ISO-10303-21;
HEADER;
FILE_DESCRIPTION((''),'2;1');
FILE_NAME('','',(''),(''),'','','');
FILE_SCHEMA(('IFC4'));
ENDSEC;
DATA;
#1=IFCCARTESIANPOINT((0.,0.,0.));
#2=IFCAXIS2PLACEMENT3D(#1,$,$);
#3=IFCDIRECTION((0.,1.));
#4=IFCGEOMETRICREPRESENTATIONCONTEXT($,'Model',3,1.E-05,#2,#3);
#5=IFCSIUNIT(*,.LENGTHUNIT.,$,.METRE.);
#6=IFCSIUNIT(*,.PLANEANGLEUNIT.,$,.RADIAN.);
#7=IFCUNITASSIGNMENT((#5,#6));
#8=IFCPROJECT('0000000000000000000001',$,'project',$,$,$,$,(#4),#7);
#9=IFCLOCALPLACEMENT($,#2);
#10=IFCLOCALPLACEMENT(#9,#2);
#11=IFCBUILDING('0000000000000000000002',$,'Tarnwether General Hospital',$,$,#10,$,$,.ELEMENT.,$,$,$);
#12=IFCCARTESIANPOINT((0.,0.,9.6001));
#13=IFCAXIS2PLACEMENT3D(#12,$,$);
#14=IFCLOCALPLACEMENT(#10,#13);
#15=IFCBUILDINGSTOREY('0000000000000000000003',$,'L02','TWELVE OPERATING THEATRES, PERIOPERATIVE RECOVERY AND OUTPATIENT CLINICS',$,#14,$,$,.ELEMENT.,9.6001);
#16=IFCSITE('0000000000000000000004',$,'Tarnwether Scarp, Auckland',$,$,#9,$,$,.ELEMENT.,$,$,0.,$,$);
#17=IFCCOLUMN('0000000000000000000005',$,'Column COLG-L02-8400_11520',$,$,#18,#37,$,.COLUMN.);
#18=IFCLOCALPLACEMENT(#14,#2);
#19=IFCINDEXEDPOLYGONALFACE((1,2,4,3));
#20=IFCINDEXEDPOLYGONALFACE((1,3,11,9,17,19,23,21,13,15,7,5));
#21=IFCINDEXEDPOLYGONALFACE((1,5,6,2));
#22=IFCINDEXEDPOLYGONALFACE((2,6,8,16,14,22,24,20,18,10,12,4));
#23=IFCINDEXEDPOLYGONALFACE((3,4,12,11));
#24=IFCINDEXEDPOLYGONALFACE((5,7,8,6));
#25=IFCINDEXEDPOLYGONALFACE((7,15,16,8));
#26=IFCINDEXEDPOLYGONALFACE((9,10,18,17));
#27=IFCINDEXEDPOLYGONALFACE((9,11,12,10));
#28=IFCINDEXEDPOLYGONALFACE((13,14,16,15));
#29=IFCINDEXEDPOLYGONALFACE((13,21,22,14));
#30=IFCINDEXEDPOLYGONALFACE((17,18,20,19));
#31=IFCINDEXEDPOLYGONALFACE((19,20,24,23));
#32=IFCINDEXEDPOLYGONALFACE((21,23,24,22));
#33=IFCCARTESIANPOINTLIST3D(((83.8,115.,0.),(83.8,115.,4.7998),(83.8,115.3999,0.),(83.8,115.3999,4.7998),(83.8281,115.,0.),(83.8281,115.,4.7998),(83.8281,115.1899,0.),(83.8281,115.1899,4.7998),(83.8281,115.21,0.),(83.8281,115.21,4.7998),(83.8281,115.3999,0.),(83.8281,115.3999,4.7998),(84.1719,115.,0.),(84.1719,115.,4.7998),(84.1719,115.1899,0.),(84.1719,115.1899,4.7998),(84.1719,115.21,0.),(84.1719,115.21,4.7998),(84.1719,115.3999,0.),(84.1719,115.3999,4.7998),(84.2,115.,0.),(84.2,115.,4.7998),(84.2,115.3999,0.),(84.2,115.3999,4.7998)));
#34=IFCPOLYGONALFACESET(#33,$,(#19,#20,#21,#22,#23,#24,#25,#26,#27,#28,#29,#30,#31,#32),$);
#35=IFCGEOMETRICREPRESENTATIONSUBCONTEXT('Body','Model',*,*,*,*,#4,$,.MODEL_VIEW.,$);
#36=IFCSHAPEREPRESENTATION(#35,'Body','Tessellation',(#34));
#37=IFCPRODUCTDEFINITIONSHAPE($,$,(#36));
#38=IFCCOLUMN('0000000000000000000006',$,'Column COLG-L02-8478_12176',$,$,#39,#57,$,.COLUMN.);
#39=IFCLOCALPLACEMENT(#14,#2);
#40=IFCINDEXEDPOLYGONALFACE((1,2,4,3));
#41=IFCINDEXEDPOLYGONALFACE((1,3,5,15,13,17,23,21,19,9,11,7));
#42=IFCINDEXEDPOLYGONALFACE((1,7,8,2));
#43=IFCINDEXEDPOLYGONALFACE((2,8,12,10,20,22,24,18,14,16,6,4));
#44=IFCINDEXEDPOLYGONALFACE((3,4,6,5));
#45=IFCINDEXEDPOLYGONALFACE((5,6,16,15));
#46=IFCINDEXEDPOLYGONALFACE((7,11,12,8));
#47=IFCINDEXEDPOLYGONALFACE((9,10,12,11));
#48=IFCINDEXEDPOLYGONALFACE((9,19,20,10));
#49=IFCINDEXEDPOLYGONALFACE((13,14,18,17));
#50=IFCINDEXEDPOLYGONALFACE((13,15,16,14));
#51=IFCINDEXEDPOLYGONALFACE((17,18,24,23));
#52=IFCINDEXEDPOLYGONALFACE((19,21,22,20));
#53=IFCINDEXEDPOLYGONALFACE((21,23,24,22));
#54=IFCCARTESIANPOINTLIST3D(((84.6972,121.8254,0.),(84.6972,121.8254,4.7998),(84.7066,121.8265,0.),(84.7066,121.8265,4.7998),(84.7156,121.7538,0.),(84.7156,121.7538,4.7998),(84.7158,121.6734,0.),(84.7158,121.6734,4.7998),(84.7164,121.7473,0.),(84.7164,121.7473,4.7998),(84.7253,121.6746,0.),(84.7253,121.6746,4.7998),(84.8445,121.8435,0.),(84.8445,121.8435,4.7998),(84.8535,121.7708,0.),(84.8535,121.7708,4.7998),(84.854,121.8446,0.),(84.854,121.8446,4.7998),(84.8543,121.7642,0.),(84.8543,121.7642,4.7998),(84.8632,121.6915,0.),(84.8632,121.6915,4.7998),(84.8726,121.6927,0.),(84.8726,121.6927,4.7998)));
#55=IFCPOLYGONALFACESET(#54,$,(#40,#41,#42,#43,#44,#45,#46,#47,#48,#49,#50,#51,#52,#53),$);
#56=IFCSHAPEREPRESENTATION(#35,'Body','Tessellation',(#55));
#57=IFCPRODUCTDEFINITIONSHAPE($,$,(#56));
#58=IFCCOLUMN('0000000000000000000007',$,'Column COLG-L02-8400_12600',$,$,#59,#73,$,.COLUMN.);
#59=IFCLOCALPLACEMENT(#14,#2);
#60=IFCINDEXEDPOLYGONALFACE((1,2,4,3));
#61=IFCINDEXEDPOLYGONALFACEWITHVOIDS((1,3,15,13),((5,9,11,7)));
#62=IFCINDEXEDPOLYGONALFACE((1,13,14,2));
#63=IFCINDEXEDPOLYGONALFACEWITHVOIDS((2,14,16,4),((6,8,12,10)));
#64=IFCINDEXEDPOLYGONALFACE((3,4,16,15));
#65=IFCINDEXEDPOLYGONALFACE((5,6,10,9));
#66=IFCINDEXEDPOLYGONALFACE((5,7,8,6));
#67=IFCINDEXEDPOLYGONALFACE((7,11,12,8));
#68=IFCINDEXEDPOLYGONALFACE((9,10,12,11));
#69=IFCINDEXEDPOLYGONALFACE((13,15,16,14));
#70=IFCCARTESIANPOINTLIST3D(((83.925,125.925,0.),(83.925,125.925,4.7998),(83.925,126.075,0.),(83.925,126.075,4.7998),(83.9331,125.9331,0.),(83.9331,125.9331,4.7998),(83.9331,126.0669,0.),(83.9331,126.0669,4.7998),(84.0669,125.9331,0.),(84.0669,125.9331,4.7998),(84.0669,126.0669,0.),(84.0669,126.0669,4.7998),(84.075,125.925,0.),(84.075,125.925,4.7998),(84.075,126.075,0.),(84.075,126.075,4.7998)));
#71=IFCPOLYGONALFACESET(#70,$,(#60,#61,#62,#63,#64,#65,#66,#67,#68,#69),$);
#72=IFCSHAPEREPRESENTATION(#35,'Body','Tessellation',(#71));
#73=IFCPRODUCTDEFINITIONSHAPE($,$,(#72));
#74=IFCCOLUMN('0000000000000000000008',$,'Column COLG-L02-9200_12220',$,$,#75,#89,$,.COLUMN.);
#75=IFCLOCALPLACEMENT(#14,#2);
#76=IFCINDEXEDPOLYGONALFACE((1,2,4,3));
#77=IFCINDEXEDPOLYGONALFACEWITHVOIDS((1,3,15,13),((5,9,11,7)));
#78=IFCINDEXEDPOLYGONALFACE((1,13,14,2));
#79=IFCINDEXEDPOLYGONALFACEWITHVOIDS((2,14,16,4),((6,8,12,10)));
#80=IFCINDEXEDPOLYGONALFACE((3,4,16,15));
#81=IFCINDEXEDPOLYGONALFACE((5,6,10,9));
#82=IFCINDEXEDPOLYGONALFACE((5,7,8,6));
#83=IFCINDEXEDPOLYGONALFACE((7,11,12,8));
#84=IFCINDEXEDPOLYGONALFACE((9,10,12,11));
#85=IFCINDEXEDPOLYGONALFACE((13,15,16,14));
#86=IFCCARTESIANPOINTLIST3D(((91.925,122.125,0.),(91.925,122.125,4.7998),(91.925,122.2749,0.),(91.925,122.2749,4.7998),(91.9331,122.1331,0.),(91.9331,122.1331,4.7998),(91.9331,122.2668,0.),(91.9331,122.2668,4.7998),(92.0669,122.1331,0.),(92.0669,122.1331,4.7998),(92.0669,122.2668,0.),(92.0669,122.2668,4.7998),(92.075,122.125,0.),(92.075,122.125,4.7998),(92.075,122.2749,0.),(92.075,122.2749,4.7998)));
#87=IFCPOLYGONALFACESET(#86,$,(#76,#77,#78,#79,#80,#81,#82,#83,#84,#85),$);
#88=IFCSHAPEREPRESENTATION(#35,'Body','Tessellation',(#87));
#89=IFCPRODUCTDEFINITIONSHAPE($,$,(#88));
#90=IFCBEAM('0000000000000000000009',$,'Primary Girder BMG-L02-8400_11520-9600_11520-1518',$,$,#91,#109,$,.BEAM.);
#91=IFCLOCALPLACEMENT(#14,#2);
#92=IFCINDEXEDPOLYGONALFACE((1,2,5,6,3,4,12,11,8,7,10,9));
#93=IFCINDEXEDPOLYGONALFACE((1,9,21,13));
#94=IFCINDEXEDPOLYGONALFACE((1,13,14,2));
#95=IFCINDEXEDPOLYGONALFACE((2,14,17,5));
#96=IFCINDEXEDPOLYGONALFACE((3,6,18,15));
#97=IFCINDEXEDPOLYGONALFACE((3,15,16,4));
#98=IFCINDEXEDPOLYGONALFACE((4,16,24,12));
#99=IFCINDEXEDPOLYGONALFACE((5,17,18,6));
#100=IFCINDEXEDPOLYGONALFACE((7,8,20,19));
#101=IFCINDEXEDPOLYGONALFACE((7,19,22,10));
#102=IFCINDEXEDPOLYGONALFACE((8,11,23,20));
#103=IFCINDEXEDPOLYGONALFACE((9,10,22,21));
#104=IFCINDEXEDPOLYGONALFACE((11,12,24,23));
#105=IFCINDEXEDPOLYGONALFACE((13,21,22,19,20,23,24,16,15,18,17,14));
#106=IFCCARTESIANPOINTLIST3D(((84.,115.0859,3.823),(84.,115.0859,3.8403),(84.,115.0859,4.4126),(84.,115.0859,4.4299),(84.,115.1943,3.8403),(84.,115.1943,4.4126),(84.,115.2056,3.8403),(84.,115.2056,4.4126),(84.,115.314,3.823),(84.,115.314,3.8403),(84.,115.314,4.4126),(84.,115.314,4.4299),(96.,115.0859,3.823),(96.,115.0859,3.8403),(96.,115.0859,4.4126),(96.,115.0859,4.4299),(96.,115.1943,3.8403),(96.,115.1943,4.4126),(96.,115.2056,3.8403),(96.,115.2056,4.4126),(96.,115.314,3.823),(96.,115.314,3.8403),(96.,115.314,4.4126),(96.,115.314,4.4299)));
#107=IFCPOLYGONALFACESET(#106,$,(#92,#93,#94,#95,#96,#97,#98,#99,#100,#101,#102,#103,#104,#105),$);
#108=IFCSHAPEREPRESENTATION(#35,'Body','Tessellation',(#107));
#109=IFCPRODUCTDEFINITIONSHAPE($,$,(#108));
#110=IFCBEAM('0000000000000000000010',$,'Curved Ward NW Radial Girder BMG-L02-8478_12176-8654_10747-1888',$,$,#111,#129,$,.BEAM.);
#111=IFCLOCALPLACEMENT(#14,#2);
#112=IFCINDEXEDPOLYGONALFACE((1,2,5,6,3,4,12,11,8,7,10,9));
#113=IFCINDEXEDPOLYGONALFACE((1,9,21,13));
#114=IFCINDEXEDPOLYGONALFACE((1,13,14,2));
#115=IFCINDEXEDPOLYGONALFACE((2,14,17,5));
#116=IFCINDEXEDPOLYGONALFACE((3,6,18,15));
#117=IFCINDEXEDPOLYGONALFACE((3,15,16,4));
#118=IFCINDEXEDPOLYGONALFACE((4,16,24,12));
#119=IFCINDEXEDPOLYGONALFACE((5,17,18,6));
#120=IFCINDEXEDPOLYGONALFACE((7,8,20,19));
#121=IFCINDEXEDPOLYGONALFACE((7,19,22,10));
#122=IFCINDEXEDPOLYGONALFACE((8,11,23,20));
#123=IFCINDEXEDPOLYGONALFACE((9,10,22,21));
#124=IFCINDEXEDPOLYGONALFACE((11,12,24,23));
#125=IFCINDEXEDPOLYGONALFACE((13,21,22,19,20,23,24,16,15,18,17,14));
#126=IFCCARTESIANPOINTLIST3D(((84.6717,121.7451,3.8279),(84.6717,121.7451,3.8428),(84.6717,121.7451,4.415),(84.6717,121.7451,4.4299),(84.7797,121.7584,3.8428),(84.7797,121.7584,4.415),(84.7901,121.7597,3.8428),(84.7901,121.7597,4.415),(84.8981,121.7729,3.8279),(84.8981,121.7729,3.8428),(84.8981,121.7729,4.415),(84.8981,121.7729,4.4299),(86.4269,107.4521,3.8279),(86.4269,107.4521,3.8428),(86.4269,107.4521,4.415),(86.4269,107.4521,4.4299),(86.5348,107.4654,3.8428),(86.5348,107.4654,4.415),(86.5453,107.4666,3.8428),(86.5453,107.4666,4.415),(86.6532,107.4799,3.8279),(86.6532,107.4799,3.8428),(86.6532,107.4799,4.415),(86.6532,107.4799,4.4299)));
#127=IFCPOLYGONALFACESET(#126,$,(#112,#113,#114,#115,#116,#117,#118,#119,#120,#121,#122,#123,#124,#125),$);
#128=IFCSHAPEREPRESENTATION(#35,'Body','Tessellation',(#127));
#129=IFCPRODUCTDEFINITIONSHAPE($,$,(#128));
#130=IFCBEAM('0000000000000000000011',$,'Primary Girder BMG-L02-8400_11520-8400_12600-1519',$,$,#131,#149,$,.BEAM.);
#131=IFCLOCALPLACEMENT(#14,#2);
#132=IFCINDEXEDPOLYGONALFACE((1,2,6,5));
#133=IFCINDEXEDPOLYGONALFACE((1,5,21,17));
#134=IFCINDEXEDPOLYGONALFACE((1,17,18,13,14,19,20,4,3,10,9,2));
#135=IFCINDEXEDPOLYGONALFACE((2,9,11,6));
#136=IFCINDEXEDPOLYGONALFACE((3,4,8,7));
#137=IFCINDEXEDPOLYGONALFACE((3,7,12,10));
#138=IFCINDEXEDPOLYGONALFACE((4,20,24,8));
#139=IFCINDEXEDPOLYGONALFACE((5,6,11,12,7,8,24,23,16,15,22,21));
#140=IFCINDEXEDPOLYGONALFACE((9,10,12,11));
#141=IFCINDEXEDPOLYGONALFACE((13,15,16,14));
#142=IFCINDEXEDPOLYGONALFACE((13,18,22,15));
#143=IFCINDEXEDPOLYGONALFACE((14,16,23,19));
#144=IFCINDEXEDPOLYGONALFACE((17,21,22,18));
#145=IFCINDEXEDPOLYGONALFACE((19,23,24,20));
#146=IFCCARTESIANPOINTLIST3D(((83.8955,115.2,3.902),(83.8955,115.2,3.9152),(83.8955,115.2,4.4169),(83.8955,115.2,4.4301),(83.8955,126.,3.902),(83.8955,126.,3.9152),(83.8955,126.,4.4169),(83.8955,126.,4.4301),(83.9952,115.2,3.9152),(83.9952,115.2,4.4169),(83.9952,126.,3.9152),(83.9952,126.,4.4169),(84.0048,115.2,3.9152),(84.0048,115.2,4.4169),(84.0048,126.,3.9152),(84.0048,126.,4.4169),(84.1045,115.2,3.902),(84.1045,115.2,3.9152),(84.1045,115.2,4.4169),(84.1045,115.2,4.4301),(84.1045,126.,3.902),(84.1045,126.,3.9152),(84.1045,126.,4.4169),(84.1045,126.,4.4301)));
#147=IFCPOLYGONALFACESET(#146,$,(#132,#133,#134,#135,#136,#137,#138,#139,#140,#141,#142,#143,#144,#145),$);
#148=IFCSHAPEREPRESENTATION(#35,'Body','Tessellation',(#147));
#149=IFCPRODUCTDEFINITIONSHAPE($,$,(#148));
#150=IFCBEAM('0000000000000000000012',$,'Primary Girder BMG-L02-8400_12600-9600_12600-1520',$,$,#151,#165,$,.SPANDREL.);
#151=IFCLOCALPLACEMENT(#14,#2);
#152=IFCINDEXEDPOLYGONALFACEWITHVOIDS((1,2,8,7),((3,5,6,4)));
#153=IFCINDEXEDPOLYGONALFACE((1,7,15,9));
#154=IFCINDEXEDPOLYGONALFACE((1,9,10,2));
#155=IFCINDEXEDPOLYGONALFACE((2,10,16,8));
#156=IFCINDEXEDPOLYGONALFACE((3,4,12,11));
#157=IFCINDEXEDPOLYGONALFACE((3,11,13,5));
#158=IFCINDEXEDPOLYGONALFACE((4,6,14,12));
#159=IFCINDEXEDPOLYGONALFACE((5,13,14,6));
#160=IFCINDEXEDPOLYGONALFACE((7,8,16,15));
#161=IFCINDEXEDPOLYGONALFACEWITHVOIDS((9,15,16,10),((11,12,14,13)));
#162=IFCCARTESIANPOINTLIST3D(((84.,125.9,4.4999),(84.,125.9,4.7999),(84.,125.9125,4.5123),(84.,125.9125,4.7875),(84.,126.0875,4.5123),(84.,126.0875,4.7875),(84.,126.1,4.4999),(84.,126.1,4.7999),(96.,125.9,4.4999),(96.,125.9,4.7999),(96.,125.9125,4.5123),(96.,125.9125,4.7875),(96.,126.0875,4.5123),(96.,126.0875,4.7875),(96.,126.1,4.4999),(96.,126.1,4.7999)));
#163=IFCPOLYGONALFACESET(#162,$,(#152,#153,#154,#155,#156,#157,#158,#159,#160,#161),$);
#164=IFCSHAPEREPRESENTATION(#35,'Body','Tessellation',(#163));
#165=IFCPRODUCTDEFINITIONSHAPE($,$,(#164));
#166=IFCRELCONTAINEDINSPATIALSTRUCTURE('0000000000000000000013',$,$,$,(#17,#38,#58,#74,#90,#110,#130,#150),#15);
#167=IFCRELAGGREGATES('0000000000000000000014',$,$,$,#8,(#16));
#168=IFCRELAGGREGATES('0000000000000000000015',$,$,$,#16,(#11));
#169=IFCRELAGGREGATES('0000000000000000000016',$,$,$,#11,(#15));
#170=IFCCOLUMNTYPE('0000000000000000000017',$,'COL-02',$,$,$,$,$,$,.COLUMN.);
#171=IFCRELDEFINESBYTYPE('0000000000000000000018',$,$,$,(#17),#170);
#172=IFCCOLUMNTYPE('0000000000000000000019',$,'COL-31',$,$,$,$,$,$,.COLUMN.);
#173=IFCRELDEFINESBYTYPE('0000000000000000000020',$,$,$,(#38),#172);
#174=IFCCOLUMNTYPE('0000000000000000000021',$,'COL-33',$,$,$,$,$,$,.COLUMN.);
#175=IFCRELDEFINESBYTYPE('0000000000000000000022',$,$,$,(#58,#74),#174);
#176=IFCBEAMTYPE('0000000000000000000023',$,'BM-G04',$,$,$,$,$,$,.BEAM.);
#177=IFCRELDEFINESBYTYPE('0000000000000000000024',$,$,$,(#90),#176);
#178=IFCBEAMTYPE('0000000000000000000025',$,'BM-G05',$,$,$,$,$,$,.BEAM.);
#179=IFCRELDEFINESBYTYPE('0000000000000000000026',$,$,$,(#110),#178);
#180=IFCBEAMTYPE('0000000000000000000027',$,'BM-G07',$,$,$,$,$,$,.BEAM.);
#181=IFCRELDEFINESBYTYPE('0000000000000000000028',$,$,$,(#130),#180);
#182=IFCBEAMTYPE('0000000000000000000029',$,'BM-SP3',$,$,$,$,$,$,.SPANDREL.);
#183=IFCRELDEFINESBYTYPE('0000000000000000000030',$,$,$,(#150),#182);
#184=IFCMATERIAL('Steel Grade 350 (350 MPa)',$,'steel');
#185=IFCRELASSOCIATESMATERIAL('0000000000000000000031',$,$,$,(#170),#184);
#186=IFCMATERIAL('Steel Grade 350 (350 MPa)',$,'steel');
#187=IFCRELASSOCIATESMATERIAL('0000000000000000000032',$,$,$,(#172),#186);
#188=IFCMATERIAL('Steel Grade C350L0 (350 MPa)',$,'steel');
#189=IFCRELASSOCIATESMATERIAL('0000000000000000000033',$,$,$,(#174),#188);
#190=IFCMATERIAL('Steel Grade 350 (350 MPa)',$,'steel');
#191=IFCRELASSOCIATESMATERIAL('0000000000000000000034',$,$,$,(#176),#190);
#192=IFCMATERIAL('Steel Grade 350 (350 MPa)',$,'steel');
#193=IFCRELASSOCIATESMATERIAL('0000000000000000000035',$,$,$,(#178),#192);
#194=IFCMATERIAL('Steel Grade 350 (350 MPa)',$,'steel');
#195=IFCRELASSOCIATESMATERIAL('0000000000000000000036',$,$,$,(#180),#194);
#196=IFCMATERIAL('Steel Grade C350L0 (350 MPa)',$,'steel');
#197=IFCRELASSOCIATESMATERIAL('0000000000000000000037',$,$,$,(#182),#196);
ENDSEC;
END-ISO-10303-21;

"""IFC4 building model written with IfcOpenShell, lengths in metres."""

from ifc_helpers import new_model, si_unit, direction, frame, origin, origin_2d, place, context, subcontext, project, spatial, hollow_rectangle, i_section, extrude, material, material_profile, profile_set, type_object, element, save


model = new_model("IFC4")

# Units and contexts
model_context = context("Model", 3, precision=1e-05, world=origin(), true_north=direction((0.0, 1.0)))
body_context = subcontext(model_context, "Body", "Model", "MODEL_VIEW")
ifc_project = project(units=[si_unit("LENGTHUNIT", "METRE"), si_unit("PLANEANGLEUNIT", "RADIAN")], contexts=[model_context])

# Site, building, storey
site_placement = place(None, origin())
site = spatial("IfcSite", under=ifc_project, at=site_placement, Name="Tarnwether Scarp, Auckland", CompositionType="ELEMENT", RefElevation=0.0)
building_placement = place(site_placement, origin())
building = spatial("IfcBuilding", under=site, at=building_placement, Name="Tarnwether General Hospital", CompositionType="ELEMENT")
storey_placement = place(building_placement, frame((0.0, 0.0, 9.6001)))
storey = spatial("IfcBuildingStorey", under=building, at=storey_placement, Name="L02", Description="TWELVE OPERATING THEATRES, PERIOPERATIVE RECOVERY AND OUTPATIENT CLINICS", CompositionType="ELEMENT", Elevation=9.6001)

# Columns
ifc_material_1 = material(Name="Steel Grade 350 (350 MPa)", Category="steel")
ifc_material_profile_1 = material_profile(ifc_material_1, i_section(OverallWidth=0.3999, OverallDepth=0.3999, WebThickness=0.02, FlangeThickness=0.0281, at=origin_2d()), Name="400WC270")
ifc_profile_set_1 = profile_set([ifc_material_profile_1], Name="Steel Grade 350 (350 MPa)")
column_type_1 = type_object("IfcColumnType", Name="COL-02", PredefinedType="COLUMN", material=ifc_profile_set_1)
column_1_placement = place(storey_placement, frame((84.0, 115.2, 0.0), z_axis=(0.0, 0.0, 1.0), x_axis=(0.0, 1.0, 0.0)))
element("IfcColumn", 1, at=column_1_placement, inside=storey, type_object=column_type_1, Name="Column COLG-L02-8400_11520", PredefinedType="COLUMN", context=body_context, shape_type="SweptSolid", body=[
    extrude(i_section(OverallWidth=0.3999, OverallDepth=0.3999, WebThickness=0.02, FlangeThickness=0.0281, at=origin_2d()), origin(), (0.0, 0.0, 1.0), 4.7998),
])
ifc_material_2 = material(Name="Steel Grade 350 (350 MPa)", Category="steel")
ifc_material_profile_2 = material_profile(ifc_material_2, i_section(OverallWidth=0.1531, OverallDepth=0.158, WebThickness=0.0066, FlangeThickness=0.0095, at=origin_2d()), Name="150UC30.0")
ifc_profile_set_2 = profile_set([ifc_material_profile_2], Name="Steel Grade 350 (350 MPa)")
column_type_2 = type_object("IfcColumnType", Name="COL-31", PredefinedType="COLUMN", material=ifc_profile_set_2)
column_2_placement = place(storey_placement, frame((84.7849, 121.759, 0.0), z_axis=(0.0, 0.0, 1.0), x_axis=(-0.121869, 0.992546, 0.0)))
element("IfcColumn", 2, at=column_2_placement, inside=storey, type_object=column_type_2, Name="Column COLG-L02-8478_12176", PredefinedType="COLUMN", context=body_context, shape_type="SweptSolid", body=[
    extrude(i_section(OverallWidth=0.1531, OverallDepth=0.158, WebThickness=0.0066, FlangeThickness=0.0095, at=origin_2d()), origin(), (0.0, 0.0, 1.0), 4.7998),
])
ifc_material_3 = material(Name="Steel Grade C350L0 (350 MPa)", Category="steel")
ifc_material_profile_3 = material_profile(ifc_material_3, hollow_rectangle(XDim=0.1499, YDim=0.1499, WallThickness=0.0081, at=origin_2d()), Name="SHS150x150x8")
ifc_profile_set_3 = profile_set([ifc_material_profile_3], Name="Steel Grade C350L0 (350 MPa)")
column_type_3 = type_object("IfcColumnType", Name="COL-33", PredefinedType="COLUMN", material=ifc_profile_set_3)
for number, where, z_axis, x_axis, name in (
    (3, (84.0, 126.0, 0.0), (0.0, 0.0, 1.0), (0.0, 1.0, 0.0), "Column COLG-L02-8400_12600"),
    (4, (92.0, 122.2, 0.0), (0.0, 0.0, 1.0), (0.0, 1.0, 0.0), "Column COLG-L02-9200_12220"),
):
    element("IfcColumn", number, at=place(storey_placement, frame(where, z_axis=z_axis, x_axis=x_axis)), inside=storey, type_object=column_type_3, Name=name, PredefinedType="COLUMN", context=body_context, shape_type="SweptSolid", body=[
        extrude(hollow_rectangle(XDim=0.1499, YDim=0.1499, WallThickness=0.0081, at=origin_2d()), origin(), (0.0, 0.0, 1.0), 4.7998),
    ])

# Beams
ifc_material_4 = material(Name="Steel Grade 350 (350 MPa)", Category="steel")
ifc_material_profile_4 = material_profile(ifc_material_4, i_section(OverallWidth=0.228, OverallDepth=0.6069, WebThickness=0.0112, FlangeThickness=0.0173, at=origin_2d()), Name="610UB113")
ifc_profile_set_4 = profile_set([ifc_material_profile_4], Name="Steel Grade 350 (350 MPa)")
beam_type_1 = type_object("IfcBeamType", Name="BM-G04", PredefinedType="BEAM", material=ifc_profile_set_4)
beam_1_placement = place(storey_placement, frame((84.0, 115.2, 4.1265), z_axis=(1.0, 0.0, 0.0), x_axis=(0.0, 1.0, 0.0)))
element("IfcBeam", 5, at=beam_1_placement, inside=storey, type_object=beam_type_1, Name="Primary Girder BMG-L02-8400_11520-9600_11520-1518", PredefinedType="BEAM", context=body_context, shape_type="SweptSolid", body=[
    extrude(i_section(OverallWidth=0.228, OverallDepth=0.6069, WebThickness=0.0112, FlangeThickness=0.0173, at=origin_2d()), origin(), (0.0, 0.0, 1.0), 12.0),
])
ifc_material_5 = material(Name="Steel Grade 350 (350 MPa)", Category="steel")
ifc_material_profile_5 = material_profile(ifc_material_5, i_section(OverallWidth=0.228, OverallDepth=0.6021, WebThickness=0.0105, FlangeThickness=0.0149, at=origin_2d()), Name="610UB101")
ifc_profile_set_5 = profile_set([ifc_material_profile_5], Name="Steel Grade 350 (350 MPa)")
beam_type_2 = type_object("IfcBeamType", Name="BM-G05", PredefinedType="BEAM", material=ifc_profile_set_5)
beam_2_placement = place(storey_placement, frame((84.7849, 121.759, 4.1289), z_axis=(0.121881, -0.992545, 0.0), x_axis=(0.992545, 0.121881, 0.0)))
element("IfcBeam", 6, at=beam_2_placement, inside=storey, type_object=beam_type_2, Name="Curved Ward NW Radial Girder BMG-L02-8478_12176-8654_10747-1888", PredefinedType="BEAM", context=body_context, shape_type="SweptSolid", body=[
    extrude(i_section(OverallWidth=0.228, OverallDepth=0.6021, WebThickness=0.0105, FlangeThickness=0.0149, at=origin_2d()), origin(), (0.0, 0.0, 1.0), 14.4004),
])
ifc_material_6 = material(Name="Steel Grade 350 (350 MPa)", Category="steel")
ifc_material_profile_6 = material_profile(ifc_material_6, i_section(OverallWidth=0.209, OverallDepth=0.5281, WebThickness=0.0095, FlangeThickness=0.0132, at=origin_2d()), Name="530UB82.0")
ifc_profile_set_6 = profile_set([ifc_material_profile_6], Name="Steel Grade 350 (350 MPa)")
beam_type_3 = type_object("IfcBeamType", Name="BM-G07", PredefinedType="BEAM", material=ifc_profile_set_6)
beam_3_placement = place(storey_placement, frame((84.0, 115.2, 4.166), z_axis=(0.0, 1.0, 0.0), x_axis=(-1.0, 0.0, 0.0)))
element("IfcBeam", 7, at=beam_3_placement, inside=storey, type_object=beam_type_3, Name="Primary Girder BMG-L02-8400_11520-8400_12600-1519", PredefinedType="BEAM", context=body_context, shape_type="SweptSolid", body=[
    extrude(i_section(OverallWidth=0.209, OverallDepth=0.5281, WebThickness=0.0095, FlangeThickness=0.0132, at=origin_2d()), origin(), (0.0, 0.0, 1.0), 10.8),
])
ifc_material_7 = material(Name="Steel Grade C350L0 (350 MPa)", Category="steel")
ifc_material_profile_7 = material_profile(ifc_material_7, hollow_rectangle(XDim=0.2, YDim=0.3, WallThickness=0.0125, at=origin_2d()), Name="RHS300x200x12.5")
ifc_profile_set_7 = profile_set([ifc_material_profile_7], Name="Steel Grade C350L0 (350 MPa)")
beam_type_4 = type_object("IfcBeamType", Name="BM-SP3", PredefinedType="SPANDREL", material=ifc_profile_set_7)
beam_4_placement = place(storey_placement, frame((84.0, 126.0, 4.6499), z_axis=(1.0, 0.0, 0.0), x_axis=(0.0, 1.0, 0.0)))
element("IfcBeam", 8, at=beam_4_placement, inside=storey, type_object=beam_type_4, Name="Primary Girder BMG-L02-8400_12600-9600_12600-1520", PredefinedType="SPANDREL", context=body_context, shape_type="SweptSolid", body=[
    extrude(hollow_rectangle(XDim=0.2, YDim=0.3, WallThickness=0.0125, at=origin_2d()), origin(), (0.0, 0.0, 1.0), 12.0),
])

save(model, "model.ifc")
